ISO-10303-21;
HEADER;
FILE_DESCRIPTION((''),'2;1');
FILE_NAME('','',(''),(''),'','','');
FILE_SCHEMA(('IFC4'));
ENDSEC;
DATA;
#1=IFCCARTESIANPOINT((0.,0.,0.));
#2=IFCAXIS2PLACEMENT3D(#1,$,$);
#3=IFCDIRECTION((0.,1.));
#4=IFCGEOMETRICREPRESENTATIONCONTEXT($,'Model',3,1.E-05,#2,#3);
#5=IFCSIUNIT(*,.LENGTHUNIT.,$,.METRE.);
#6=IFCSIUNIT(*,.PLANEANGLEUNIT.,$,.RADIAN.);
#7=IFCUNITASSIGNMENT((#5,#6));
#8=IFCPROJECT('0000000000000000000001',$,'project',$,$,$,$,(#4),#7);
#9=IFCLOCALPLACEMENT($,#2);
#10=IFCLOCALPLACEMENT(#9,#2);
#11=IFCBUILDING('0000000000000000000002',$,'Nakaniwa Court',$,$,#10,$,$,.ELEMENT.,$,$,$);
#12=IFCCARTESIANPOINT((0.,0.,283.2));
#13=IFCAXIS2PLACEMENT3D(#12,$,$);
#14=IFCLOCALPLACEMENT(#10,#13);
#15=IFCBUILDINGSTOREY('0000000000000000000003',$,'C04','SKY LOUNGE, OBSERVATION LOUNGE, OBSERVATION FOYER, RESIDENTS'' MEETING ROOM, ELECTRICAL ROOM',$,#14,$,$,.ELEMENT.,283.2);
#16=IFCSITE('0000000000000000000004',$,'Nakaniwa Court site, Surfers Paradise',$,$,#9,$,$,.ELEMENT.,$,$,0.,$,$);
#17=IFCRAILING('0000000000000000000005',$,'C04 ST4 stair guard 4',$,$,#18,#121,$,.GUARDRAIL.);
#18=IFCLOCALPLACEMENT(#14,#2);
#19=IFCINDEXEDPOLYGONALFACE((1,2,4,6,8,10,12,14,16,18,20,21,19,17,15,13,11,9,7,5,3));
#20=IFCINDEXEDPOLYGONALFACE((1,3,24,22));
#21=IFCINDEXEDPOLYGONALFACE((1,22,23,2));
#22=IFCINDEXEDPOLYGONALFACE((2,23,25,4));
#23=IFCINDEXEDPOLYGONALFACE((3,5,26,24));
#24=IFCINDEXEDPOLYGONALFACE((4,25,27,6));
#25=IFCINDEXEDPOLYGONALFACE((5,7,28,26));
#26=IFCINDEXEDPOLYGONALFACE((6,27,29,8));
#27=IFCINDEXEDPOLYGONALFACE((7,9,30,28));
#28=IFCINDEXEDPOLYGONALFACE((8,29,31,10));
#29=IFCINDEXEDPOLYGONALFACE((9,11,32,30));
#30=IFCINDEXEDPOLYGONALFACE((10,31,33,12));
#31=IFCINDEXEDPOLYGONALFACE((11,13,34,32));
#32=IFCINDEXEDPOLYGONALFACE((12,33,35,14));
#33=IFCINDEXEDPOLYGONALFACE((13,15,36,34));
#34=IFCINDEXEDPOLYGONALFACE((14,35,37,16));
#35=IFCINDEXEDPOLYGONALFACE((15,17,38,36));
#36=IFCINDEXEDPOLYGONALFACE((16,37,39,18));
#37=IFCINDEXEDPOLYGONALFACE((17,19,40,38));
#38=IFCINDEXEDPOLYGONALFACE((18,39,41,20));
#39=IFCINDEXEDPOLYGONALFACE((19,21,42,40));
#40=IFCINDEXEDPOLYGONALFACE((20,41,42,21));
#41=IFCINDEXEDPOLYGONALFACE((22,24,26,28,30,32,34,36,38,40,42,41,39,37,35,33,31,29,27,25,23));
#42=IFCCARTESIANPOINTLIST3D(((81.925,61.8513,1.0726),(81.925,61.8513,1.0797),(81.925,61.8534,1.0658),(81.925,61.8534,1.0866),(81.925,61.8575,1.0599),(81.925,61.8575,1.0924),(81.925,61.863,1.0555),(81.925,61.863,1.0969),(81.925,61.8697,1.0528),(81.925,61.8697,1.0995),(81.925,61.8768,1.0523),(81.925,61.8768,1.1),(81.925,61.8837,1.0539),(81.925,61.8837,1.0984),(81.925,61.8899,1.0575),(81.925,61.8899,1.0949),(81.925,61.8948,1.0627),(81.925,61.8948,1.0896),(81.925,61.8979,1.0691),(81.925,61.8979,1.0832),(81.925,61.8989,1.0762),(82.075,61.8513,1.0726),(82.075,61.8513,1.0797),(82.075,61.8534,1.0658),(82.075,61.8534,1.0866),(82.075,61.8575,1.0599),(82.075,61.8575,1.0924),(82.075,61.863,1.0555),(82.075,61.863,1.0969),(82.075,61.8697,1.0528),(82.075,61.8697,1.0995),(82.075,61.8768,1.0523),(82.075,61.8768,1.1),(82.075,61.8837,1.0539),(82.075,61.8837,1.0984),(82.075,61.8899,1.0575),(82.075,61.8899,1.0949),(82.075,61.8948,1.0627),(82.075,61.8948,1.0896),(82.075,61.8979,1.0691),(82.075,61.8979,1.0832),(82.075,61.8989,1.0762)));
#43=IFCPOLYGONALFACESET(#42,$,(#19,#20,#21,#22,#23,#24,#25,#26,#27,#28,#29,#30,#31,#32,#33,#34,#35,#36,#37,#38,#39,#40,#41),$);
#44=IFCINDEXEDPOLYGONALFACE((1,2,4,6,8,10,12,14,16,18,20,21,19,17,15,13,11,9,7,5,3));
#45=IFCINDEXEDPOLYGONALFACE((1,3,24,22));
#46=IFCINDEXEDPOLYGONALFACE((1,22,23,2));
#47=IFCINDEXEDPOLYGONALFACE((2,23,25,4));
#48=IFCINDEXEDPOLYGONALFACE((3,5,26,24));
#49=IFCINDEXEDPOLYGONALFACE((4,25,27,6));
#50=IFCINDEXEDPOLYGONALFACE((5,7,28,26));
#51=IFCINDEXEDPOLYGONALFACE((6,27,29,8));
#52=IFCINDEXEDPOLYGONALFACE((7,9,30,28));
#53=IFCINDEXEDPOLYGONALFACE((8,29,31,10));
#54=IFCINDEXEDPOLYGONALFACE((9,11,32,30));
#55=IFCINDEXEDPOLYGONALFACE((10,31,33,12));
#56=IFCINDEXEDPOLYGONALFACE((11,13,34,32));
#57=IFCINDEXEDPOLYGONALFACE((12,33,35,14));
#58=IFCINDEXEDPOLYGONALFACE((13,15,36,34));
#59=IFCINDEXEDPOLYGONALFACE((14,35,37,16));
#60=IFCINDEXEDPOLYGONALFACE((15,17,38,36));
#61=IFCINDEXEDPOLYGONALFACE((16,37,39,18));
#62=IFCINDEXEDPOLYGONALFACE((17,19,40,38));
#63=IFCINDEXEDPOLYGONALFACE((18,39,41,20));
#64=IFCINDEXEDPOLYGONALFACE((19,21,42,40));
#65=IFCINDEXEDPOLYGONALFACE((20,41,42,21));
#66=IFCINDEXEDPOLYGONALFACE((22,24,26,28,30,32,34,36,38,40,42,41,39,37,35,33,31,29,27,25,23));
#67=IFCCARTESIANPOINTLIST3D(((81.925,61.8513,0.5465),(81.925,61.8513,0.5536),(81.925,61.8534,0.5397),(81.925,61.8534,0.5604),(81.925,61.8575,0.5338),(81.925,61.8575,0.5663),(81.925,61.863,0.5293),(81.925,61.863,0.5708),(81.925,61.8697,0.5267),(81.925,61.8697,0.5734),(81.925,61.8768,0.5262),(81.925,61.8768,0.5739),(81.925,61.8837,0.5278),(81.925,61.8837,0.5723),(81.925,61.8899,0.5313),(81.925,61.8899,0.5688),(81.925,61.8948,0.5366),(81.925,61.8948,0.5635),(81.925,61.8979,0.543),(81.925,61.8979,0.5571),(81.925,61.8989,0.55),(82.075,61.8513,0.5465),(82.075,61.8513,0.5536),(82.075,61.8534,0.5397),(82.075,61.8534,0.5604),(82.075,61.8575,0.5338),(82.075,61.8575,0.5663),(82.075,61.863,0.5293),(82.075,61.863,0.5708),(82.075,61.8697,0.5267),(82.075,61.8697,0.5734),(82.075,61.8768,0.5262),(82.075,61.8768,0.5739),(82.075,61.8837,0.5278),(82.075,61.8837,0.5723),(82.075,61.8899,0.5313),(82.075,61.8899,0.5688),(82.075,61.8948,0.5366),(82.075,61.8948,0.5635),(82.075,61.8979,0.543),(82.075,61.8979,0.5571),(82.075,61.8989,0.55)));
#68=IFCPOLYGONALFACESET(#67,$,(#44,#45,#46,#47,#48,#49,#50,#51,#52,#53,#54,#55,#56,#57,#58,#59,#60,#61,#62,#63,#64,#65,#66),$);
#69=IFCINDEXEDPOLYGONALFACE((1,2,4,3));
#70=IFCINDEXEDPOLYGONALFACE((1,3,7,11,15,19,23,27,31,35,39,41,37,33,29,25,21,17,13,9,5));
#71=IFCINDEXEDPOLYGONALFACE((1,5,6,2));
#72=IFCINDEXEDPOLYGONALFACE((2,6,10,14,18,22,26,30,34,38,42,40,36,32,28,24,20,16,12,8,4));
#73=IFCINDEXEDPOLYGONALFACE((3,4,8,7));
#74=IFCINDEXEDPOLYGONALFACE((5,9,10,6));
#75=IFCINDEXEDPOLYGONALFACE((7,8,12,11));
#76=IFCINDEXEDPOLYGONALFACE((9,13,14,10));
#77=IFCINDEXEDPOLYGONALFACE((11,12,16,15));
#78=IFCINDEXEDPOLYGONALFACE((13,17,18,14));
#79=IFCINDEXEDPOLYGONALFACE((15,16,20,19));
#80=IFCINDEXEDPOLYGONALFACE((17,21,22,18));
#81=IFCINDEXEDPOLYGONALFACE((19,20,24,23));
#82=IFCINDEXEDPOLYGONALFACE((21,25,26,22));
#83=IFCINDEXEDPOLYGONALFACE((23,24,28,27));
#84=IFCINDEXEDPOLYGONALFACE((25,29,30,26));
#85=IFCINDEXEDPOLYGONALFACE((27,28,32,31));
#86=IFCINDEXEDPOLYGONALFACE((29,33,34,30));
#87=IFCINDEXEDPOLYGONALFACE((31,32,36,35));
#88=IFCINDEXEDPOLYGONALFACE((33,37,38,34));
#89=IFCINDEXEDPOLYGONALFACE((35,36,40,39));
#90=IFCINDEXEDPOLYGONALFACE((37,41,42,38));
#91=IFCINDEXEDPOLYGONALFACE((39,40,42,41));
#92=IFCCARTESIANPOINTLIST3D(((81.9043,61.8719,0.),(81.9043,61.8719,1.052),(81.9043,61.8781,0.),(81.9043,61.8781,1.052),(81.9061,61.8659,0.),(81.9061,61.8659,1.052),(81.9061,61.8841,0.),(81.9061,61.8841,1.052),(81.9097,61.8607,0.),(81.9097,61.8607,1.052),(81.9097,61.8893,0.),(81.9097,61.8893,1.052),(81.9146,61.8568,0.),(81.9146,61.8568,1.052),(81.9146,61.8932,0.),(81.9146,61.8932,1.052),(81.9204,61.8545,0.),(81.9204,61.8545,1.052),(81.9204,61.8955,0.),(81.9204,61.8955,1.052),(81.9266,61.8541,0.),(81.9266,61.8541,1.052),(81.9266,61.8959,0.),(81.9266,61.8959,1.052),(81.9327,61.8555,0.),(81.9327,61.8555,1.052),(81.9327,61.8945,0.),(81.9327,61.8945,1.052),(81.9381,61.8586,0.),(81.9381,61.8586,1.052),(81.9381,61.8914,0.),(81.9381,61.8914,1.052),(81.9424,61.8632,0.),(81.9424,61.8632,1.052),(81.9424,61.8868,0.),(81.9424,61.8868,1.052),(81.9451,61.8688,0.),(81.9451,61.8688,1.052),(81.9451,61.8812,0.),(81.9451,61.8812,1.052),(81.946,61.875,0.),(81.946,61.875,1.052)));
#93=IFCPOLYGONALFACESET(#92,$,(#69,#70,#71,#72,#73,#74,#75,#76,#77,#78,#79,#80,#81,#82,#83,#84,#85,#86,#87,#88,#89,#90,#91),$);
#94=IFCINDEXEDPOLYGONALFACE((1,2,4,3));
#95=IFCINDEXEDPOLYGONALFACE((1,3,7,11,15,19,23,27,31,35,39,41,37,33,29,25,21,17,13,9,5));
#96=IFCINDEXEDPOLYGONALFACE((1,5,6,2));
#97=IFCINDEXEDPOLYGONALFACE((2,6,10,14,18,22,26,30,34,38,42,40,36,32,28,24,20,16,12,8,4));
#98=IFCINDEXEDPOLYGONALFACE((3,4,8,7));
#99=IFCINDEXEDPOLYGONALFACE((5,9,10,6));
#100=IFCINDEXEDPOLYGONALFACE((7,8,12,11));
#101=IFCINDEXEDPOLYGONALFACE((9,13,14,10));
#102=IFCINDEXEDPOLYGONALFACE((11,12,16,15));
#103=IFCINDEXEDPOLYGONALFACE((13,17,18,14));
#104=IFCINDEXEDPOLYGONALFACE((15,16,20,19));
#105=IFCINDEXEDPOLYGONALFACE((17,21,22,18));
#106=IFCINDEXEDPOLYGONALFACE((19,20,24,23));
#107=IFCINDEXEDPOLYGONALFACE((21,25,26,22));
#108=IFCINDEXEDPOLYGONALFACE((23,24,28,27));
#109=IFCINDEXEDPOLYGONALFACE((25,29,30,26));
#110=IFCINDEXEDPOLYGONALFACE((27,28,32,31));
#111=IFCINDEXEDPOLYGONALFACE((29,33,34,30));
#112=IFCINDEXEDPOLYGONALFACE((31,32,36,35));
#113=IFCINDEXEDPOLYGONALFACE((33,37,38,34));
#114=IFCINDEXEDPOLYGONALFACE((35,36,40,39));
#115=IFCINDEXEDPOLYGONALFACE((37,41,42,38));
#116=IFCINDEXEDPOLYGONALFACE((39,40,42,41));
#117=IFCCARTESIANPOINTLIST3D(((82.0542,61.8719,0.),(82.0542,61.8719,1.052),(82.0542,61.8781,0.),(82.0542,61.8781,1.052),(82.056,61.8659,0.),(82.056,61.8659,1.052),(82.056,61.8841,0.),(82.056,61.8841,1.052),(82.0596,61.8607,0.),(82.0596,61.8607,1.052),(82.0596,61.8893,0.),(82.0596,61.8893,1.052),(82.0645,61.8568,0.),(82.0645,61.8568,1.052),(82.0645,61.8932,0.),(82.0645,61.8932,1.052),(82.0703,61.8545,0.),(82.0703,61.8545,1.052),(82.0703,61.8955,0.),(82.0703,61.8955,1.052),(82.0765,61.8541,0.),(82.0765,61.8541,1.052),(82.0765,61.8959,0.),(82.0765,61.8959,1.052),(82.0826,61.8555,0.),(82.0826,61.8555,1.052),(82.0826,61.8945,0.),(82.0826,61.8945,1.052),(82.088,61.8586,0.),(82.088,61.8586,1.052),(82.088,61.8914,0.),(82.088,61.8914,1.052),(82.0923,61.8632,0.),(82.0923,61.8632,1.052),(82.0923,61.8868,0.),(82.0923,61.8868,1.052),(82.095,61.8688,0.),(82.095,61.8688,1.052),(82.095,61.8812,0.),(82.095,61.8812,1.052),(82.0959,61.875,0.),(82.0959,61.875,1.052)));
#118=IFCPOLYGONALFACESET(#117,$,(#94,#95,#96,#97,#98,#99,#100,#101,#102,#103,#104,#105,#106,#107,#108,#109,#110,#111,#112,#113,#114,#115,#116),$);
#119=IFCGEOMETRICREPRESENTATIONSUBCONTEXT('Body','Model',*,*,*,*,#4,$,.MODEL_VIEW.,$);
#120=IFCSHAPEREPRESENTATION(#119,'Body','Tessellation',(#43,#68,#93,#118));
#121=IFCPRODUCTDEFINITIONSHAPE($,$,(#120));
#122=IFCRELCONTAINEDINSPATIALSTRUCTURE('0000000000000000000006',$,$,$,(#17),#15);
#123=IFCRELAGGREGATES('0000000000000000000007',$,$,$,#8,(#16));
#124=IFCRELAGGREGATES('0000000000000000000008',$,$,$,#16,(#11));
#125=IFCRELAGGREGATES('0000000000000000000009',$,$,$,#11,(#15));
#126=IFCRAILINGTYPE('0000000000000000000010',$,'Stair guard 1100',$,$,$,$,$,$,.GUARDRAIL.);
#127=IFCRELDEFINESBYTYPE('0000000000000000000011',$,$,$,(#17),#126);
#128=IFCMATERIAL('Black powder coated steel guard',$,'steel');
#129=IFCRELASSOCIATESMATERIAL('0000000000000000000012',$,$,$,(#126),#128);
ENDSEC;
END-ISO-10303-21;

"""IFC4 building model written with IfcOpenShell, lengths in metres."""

from ifc_helpers import new_model, si_unit, direction, frame, origin, origin_2d, place, context, subcontext, project, spatial, circle, extrude, material, type_object, element, save


model = new_model("IFC4")

# Units and contexts
model_context = context("Model", 3, precision=1e-05, world=origin(), true_north=direction((0.0, 1.0)))
body_context = subcontext(model_context, "Body", "Model", "MODEL_VIEW")
ifc_project = project(units=[si_unit("LENGTHUNIT", "METRE"), si_unit("PLANEANGLEUNIT", "RADIAN")], contexts=[model_context])

# Site, building, storey
site_placement = place(None, origin())
site = spatial("IfcSite", under=ifc_project, at=site_placement, Name="Nakaniwa Court site, Surfers Paradise", CompositionType="ELEMENT", RefElevation=0.0)
building_placement = place(site_placement, origin())
building = spatial("IfcBuilding", under=site, at=building_placement, Name="Nakaniwa Court", CompositionType="ELEMENT")
storey_placement = place(building_placement, frame((0.0, 0.0, 283.2)))
storey = spatial("IfcBuildingStorey", under=building, at=storey_placement, Name="C04", Description="SKY LOUNGE, OBSERVATION LOUNGE, OBSERVATION FOYER, RESIDENTS' MEETING ROOM, ELECTRICAL ROOM", CompositionType="ELEMENT", Elevation=283.2)

# Railing
ifc_material_1 = material(Name="Black powder coated steel guard", Category="steel")
railing_type_1 = type_object("IfcRailingType", Name="Stair guard 1100", PredefinedType="GUARDRAIL", material=ifc_material_1)
railing_1_placement = place(storey_placement, frame((81.925, 61.875, 0.0)))
element("IfcRailing", 1, at=railing_1_placement, inside=storey, type_object=railing_type_1, Name="C04 ST4 stair guard 4", PredefinedType="GUARDRAIL", context=body_context, shape_type="SweptSolid", body=[
    extrude(circle(Radius=0.0239, at=origin_2d()), frame((0.0, 0.0, 1.0762), z_axis=(1.0, 0.0, 0.0), x_axis=(0.0, 1.0, 0.0)), (0.0, 0.0, 1.0), 0.1499),
    extrude(circle(Radius=0.0239, at=origin_2d()), frame((0.0, 0.0, 0.55), z_axis=(1.0, 0.0, 0.0), x_axis=(0.0, 1.0, 0.0)), (0.0, 0.0, 1.0), 0.1499),
    extrude(circle(Radius=0.021, at=origin_2d()), origin(), (0.0, 0.0, 1.0), 1.052),
    extrude(circle(Radius=0.021, at=origin_2d()), frame((0.1499, 0.0, 0.0)), (0.0, 0.0, 1.0), 1.052),
])

save(model, "model.ifc")
